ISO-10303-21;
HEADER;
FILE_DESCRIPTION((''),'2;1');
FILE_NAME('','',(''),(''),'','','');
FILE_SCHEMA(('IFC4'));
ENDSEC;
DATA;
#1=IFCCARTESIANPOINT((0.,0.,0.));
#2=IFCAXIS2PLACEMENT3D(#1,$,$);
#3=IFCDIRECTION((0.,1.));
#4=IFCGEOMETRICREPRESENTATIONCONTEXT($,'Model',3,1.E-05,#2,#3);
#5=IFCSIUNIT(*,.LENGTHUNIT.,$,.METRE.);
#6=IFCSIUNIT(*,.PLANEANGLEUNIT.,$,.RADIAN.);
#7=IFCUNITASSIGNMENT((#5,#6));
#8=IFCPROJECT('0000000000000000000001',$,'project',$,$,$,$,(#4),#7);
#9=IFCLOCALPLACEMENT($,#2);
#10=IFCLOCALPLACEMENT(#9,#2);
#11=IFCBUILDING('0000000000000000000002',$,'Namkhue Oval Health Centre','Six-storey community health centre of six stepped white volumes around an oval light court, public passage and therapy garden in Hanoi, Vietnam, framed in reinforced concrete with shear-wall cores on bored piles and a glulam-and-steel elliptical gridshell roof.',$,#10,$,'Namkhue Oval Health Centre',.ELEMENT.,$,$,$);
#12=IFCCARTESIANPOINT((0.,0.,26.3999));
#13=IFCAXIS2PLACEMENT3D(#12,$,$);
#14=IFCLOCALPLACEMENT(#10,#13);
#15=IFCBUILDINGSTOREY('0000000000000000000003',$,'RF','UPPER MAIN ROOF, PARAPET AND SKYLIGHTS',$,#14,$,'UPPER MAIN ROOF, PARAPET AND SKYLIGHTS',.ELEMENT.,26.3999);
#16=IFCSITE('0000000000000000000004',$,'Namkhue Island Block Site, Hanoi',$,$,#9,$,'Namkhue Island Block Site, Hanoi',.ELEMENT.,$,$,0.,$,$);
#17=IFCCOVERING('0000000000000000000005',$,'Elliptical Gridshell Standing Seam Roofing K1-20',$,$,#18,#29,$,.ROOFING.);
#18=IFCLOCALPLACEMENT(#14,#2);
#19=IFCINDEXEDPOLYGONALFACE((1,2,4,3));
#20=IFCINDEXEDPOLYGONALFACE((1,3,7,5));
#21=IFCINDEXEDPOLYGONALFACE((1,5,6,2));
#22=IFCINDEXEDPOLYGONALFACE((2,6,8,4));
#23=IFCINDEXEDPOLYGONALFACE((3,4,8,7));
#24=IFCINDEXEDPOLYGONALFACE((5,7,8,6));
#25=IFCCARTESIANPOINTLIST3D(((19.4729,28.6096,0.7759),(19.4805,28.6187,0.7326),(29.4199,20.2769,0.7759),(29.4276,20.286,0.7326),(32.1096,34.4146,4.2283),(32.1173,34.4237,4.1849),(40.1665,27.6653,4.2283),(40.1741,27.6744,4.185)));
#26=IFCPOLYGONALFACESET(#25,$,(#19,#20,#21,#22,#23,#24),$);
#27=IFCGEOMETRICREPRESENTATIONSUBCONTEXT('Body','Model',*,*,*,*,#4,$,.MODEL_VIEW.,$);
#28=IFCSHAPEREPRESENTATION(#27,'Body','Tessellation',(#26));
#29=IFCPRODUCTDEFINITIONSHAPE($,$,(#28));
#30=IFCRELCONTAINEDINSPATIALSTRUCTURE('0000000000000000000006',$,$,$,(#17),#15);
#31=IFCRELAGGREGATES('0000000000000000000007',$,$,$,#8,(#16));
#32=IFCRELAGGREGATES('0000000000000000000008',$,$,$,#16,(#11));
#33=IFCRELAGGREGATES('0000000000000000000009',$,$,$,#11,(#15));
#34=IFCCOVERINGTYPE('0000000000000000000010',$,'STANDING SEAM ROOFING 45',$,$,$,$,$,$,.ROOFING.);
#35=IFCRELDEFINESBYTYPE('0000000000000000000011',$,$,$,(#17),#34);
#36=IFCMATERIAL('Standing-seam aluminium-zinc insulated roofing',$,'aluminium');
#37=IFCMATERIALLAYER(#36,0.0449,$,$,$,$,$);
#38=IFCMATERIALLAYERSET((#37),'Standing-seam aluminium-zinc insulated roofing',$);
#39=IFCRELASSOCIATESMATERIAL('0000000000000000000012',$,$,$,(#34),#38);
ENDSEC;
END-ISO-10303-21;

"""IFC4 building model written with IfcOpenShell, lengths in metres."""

from ifc_helpers import new_model, si_unit, direction, frame, origin, place, context, subcontext, project, spatial, polyline, outline, extrude, material, layer, layer_set, type_object, element, save


model = new_model("IFC4")

# Units and contexts
model_context = context("Model", 3, precision=1e-05, world=origin(), true_north=direction((0.0, 1.0)))
body_context = subcontext(model_context, "Body", "Model", "MODEL_VIEW")
ifc_project = project(units=[si_unit("LENGTHUNIT", "METRE"), si_unit("PLANEANGLEUNIT", "RADIAN")], contexts=[model_context])

# Site, building, storey
site_placement = place(None, origin())
site = spatial("IfcSite", under=ifc_project, at=site_placement, Name="Namkhue Island Block Site, Hanoi", LongName="Namkhue Island Block Site, Hanoi", CompositionType="ELEMENT", RefElevation=0.0)
building_placement = place(site_placement, origin())
building = spatial("IfcBuilding", under=site, at=building_placement, Name="Namkhue Oval Health Centre", Description="Six-storey community health centre of six stepped white volumes around an oval light court, public passage and therapy garden in Hanoi, Vietnam, framed in reinforced concrete with shear-wall cores on bored piles and a glulam-and-steel elliptical gridshell roof.", LongName="Namkhue Oval Health Centre", CompositionType="ELEMENT")
storey_placement = place(building_placement, frame((0.0, 0.0, 26.3999)))
storey = spatial("IfcBuildingStorey", under=building, at=storey_placement, Name="RF", Description="UPPER MAIN ROOF, PARAPET AND SKYLIGHTS", LongName="UPPER MAIN ROOF, PARAPET AND SKYLIGHTS", CompositionType="ELEMENT", Elevation=26.3999)

# Covering
ifc_material_1 = material(Name="Standing-seam aluminium-zinc insulated roofing", Category="aluminium")
ifc_layer_1 = layer(ifc_material_1, 0.0449)
ifc_layer_set_1 = layer_set([ifc_layer_1], Name="Standing-seam aluminium-zinc insulated roofing")
covering_type_1 = type_object("IfcCoveringType", Name="STANDING SEAM ROOFING 45", PredefinedType="ROOFING", material=ifc_layer_set_1)
covering_1_placement = place(storey_placement, frame((19.4729, 28.6096, 0.7759), z_axis=(-0.17014, -0.203102, 0.964262), x_axis=(0.766567, -0.642164, -0.000001)))
element("IfcCovering", 1, at=covering_1_placement, inside=storey, type_object=covering_type_1, Name="Elliptical Gridshell Standing Seam Roofing K1-20", PredefinedType="ROOFING", context=body_context, shape_type="SweptSolid", body=[
    extrude(outline(polyline([(0.0, 0.0), (12.9761, 0.0), (16.4695, 13.0305), (5.9592, 13.0304), (0.0, 0.0)])), origin(), (0.0, 0.0, -1.0), 0.0449),
])

save(model, "model.ifc")
